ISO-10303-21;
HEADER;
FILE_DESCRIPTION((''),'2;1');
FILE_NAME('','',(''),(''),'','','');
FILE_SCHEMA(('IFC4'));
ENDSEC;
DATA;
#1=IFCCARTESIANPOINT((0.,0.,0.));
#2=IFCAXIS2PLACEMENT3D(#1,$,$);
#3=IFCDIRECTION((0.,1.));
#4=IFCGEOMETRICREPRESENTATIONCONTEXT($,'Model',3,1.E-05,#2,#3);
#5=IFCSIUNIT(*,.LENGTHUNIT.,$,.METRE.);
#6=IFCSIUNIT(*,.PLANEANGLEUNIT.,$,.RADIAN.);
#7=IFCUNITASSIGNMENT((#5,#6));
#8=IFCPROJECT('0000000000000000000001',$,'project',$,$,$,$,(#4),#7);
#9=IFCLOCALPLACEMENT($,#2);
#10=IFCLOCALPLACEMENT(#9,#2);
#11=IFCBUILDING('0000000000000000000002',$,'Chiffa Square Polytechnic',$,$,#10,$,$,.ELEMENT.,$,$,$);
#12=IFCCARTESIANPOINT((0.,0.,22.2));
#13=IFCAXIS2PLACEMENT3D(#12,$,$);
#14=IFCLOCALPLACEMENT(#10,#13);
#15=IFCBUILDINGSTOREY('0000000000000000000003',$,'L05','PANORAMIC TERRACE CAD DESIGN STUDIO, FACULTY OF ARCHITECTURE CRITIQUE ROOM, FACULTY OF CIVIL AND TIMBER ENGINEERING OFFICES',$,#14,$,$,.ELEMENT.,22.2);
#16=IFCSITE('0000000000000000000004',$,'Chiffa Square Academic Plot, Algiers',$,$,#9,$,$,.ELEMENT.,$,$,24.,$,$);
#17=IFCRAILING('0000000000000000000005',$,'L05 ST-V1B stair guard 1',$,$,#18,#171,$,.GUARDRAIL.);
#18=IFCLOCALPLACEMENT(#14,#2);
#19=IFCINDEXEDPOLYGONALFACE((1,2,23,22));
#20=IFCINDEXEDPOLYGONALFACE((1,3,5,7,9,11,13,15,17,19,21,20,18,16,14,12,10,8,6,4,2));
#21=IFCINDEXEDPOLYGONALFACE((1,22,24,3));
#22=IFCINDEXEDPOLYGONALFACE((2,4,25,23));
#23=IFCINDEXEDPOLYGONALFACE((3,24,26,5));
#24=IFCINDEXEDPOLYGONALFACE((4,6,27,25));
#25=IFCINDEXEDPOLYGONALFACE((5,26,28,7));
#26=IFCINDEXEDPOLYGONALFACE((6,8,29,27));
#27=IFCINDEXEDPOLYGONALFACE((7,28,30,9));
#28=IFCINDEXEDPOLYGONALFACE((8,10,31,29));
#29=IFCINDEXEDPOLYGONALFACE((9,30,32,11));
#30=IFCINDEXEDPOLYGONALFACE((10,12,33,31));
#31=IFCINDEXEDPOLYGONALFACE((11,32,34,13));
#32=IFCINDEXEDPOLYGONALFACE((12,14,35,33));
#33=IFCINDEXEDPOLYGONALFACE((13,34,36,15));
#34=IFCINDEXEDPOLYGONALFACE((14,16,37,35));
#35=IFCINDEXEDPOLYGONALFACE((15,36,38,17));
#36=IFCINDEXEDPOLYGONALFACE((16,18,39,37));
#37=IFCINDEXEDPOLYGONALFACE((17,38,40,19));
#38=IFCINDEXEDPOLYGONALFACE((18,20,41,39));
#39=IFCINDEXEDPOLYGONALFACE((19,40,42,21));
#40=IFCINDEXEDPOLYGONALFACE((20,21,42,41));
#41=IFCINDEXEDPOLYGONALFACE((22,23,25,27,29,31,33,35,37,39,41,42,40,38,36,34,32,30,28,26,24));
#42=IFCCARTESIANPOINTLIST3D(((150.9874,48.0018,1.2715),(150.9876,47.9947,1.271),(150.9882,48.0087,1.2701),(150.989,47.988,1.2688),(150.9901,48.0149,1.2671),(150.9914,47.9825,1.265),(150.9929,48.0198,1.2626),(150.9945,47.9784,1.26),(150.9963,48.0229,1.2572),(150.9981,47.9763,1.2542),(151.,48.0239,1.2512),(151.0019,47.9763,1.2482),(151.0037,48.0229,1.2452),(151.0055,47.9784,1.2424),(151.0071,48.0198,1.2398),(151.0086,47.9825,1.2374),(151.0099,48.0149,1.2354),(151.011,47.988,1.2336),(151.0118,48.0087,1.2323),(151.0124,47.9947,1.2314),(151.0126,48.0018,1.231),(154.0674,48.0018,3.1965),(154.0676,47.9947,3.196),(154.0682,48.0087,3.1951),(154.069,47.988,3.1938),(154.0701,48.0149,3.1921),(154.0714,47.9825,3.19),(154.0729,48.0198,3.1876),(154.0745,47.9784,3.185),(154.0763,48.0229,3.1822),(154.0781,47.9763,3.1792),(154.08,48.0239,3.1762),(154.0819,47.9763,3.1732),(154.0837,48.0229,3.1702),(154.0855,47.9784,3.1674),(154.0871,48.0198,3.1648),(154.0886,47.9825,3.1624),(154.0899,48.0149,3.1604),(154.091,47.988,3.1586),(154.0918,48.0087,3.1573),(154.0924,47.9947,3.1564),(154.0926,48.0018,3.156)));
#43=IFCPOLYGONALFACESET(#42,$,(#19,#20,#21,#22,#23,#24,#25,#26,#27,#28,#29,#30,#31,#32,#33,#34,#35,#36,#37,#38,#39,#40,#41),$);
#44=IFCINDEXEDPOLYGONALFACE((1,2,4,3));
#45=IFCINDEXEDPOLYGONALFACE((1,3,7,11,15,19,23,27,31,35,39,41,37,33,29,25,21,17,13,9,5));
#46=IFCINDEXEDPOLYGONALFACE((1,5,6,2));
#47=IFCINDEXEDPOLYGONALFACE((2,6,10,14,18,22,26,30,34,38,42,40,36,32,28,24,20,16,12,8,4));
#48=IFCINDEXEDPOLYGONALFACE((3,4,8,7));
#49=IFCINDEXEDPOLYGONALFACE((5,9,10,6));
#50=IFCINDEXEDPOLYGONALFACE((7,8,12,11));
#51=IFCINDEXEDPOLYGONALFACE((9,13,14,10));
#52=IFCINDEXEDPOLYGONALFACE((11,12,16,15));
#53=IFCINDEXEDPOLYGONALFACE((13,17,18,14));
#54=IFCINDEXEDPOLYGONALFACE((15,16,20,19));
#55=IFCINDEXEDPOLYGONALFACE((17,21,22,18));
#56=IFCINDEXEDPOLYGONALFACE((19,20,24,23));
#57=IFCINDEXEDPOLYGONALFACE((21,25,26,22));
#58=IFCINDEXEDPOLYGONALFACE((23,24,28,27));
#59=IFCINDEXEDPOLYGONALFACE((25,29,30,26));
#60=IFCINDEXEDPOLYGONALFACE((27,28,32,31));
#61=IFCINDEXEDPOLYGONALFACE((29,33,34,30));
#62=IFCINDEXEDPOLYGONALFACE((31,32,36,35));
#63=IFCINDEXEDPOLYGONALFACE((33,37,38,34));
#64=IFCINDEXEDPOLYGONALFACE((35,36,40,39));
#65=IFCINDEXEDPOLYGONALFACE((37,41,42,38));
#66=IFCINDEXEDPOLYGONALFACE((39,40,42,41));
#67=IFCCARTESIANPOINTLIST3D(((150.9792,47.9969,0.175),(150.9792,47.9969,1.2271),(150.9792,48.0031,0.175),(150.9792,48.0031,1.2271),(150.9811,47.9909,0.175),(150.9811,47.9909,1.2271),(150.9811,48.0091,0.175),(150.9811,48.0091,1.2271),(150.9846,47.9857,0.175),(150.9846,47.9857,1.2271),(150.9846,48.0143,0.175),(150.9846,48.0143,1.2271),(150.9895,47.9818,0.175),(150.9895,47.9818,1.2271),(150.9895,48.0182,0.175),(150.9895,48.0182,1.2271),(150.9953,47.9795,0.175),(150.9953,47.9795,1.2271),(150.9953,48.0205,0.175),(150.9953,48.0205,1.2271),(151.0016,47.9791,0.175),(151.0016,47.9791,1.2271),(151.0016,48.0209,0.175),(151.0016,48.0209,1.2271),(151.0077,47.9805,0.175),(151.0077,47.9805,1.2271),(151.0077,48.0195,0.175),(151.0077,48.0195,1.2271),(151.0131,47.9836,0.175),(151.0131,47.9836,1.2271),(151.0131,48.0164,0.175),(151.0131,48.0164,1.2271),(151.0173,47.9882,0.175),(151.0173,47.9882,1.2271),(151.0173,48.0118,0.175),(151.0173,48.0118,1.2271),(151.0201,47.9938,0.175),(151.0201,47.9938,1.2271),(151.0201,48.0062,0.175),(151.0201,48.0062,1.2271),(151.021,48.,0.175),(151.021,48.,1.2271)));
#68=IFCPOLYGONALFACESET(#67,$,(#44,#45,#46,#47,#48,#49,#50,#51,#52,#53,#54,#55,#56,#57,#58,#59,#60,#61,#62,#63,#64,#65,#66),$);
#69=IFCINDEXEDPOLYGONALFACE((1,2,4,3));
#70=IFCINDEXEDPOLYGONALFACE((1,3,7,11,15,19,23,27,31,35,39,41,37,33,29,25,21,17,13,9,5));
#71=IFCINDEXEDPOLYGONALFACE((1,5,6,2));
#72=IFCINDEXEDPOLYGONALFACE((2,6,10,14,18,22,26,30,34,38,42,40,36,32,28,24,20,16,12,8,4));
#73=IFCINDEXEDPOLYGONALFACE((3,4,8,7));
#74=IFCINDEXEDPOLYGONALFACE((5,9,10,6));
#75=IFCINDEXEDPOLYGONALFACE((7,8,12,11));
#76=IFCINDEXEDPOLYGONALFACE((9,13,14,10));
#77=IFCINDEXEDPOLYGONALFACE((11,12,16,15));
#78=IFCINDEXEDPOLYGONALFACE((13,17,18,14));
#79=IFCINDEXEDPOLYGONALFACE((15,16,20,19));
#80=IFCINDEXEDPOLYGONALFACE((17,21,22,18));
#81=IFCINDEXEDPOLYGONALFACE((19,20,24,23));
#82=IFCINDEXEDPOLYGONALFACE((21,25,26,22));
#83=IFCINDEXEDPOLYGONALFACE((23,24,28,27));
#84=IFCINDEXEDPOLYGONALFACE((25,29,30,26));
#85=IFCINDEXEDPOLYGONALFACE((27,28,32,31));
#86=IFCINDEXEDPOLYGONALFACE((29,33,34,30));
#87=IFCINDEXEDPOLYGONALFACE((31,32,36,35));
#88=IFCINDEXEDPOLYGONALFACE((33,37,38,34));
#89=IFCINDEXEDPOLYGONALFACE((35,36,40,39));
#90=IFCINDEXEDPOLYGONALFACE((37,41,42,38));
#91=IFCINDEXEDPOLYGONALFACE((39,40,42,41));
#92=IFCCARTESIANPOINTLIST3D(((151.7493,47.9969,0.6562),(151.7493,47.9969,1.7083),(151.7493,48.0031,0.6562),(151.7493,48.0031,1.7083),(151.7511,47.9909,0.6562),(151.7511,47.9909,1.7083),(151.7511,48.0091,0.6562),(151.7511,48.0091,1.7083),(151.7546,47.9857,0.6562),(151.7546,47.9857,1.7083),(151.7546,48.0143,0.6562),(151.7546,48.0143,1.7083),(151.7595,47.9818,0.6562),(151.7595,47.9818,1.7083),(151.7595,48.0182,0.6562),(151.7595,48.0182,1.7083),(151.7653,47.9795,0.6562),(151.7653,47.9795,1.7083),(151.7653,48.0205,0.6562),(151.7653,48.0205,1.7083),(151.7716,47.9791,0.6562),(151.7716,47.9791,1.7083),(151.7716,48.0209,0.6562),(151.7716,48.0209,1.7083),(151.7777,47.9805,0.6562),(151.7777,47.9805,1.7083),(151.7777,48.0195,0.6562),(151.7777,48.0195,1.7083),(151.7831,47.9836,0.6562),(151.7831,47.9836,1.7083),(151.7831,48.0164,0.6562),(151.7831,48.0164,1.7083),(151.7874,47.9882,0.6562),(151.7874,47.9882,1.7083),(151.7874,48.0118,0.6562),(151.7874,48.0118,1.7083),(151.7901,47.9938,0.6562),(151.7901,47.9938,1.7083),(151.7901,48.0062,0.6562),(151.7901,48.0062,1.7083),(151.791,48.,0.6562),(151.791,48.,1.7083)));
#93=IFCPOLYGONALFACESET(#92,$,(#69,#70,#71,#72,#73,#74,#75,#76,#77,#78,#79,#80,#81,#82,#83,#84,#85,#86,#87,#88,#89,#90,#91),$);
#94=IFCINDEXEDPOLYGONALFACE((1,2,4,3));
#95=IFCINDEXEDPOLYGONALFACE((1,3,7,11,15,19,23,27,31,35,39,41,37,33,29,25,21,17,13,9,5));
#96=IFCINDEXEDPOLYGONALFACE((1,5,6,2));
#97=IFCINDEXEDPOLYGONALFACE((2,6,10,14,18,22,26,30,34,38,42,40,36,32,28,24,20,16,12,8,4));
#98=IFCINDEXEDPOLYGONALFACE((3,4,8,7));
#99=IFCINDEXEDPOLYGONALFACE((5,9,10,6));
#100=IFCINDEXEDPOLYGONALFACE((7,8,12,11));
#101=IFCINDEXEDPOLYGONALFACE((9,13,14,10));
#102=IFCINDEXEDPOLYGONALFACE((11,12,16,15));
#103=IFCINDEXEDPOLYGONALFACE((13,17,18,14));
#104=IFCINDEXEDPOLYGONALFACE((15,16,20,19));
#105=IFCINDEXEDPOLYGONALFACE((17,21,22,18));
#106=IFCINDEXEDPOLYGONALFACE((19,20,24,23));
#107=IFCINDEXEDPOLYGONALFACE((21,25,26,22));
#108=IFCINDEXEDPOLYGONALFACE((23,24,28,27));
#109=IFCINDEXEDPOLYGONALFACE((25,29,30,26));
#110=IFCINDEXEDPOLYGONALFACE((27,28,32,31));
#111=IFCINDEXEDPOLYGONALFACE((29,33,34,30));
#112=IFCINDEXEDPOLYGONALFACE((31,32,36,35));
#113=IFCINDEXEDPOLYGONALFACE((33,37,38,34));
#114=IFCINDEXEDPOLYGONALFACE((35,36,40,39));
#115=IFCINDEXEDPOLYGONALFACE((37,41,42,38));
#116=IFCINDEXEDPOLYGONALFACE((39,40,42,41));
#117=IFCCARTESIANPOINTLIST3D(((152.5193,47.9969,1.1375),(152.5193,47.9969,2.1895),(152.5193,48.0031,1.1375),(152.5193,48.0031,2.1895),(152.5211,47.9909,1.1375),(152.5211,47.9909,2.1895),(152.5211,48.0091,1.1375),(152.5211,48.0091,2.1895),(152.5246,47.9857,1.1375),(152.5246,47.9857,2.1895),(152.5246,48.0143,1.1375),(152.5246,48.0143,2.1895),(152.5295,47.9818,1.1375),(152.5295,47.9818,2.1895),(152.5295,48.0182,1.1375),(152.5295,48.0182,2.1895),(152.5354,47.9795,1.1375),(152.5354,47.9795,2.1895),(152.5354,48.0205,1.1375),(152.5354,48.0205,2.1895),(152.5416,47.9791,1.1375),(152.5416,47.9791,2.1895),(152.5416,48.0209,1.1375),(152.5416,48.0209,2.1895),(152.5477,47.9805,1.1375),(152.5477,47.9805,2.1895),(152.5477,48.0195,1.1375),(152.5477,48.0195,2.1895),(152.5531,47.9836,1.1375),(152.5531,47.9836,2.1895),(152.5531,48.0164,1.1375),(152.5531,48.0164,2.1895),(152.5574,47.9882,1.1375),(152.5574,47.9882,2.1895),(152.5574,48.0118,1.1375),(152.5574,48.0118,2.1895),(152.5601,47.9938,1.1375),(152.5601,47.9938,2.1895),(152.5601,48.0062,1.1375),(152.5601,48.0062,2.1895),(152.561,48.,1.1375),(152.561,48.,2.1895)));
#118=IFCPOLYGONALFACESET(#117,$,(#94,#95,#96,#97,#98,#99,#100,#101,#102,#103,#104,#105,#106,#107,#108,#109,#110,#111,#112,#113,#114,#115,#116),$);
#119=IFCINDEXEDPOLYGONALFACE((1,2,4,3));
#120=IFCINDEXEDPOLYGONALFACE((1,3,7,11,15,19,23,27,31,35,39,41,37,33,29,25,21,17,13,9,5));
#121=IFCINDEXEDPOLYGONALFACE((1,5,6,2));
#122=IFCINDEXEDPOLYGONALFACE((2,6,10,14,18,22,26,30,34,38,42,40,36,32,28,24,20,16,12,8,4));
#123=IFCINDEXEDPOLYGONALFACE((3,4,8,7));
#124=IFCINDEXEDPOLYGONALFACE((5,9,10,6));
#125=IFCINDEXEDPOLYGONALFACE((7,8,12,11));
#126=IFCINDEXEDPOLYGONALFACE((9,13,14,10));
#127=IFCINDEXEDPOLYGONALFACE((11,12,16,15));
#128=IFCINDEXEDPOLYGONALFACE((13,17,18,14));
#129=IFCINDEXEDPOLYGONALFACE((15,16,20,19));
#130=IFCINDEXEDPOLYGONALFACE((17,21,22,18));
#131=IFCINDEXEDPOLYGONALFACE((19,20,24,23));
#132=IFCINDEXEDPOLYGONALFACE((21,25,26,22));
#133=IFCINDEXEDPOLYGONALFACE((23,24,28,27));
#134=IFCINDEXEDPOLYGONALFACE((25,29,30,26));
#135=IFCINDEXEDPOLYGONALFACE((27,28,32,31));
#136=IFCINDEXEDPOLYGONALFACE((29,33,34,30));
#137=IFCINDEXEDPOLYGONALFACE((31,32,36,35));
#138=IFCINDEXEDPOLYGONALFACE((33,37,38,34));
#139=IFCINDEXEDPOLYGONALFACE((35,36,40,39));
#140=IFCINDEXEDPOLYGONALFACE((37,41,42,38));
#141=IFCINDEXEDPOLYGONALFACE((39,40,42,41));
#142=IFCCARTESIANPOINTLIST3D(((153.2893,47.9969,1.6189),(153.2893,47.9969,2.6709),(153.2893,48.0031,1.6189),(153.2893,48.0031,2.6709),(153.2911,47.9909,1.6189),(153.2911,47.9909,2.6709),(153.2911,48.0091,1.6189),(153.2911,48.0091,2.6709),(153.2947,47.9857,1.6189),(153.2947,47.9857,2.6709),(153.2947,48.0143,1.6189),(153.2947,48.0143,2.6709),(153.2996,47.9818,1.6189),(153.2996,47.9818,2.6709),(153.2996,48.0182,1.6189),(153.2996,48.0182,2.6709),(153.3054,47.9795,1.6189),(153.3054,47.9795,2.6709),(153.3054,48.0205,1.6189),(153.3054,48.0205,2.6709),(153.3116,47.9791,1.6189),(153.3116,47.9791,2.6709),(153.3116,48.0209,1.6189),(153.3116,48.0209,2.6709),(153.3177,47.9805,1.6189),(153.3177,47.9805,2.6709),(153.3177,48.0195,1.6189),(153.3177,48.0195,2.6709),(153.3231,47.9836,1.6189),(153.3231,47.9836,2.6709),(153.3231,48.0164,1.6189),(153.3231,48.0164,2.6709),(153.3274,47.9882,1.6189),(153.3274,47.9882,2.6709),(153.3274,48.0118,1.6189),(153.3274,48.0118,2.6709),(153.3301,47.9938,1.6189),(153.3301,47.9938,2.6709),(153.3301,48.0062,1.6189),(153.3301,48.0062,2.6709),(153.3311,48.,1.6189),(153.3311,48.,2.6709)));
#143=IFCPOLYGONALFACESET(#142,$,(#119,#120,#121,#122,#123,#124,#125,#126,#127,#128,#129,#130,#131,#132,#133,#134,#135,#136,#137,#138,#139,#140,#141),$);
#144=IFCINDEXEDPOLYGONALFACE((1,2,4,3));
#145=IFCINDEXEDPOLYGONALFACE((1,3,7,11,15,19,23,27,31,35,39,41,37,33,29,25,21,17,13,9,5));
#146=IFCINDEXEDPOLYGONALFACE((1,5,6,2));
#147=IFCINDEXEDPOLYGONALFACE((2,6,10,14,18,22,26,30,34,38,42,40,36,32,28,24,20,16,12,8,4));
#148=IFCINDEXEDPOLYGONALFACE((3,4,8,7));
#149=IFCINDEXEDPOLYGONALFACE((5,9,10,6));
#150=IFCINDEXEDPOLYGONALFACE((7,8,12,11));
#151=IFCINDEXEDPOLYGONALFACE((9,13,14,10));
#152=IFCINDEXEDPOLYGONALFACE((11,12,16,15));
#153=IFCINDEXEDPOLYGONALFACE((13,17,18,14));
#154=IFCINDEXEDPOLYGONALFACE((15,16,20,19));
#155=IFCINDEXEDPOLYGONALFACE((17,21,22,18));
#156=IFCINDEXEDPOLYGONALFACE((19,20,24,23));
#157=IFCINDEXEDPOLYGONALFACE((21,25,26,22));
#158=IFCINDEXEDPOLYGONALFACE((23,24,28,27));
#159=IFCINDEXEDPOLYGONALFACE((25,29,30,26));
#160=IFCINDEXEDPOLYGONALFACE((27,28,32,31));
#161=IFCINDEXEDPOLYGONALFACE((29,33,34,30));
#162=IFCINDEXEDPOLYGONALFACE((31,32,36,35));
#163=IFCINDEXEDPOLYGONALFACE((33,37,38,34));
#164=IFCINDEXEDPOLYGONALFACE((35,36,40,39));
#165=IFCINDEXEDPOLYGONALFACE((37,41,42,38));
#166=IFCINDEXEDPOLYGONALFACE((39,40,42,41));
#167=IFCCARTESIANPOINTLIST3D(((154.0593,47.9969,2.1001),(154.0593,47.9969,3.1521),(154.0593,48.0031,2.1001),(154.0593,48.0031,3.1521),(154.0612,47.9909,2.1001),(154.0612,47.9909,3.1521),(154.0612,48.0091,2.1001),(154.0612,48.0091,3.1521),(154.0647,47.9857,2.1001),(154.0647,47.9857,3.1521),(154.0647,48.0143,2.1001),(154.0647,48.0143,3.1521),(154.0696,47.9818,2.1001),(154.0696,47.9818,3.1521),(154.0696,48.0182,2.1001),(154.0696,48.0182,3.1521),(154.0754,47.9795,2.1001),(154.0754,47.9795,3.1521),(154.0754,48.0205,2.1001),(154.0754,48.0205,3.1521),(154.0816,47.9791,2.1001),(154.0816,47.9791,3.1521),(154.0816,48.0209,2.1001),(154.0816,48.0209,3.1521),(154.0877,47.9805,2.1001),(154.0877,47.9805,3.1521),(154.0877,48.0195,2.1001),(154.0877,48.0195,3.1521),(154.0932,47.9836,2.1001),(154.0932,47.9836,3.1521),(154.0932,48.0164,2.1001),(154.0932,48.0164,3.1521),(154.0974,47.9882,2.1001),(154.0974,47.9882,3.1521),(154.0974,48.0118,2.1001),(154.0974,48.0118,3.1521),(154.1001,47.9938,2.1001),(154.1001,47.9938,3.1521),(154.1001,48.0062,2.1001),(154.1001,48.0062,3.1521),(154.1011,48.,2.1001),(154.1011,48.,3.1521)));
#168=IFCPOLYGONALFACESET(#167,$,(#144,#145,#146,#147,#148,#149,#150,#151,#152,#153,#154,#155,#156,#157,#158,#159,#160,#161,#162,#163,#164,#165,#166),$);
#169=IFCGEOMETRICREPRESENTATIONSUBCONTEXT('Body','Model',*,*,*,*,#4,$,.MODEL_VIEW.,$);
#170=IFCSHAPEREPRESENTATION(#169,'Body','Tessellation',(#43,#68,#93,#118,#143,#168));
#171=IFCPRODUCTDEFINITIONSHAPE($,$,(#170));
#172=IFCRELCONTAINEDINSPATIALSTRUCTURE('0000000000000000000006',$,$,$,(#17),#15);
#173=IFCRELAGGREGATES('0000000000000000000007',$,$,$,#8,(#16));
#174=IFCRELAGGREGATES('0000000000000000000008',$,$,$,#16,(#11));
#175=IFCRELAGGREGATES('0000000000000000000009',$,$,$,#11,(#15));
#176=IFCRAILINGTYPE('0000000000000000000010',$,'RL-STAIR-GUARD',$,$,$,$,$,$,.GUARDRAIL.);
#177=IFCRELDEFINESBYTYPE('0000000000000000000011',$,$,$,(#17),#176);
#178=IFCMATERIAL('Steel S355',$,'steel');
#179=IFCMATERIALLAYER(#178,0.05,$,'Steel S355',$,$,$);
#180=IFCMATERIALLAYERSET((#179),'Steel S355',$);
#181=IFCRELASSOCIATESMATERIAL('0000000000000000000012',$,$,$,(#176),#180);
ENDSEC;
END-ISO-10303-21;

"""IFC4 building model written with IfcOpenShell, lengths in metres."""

from ifc_helpers import new_model, si_unit, direction, frame, origin, origin_2d, place, context, subcontext, project, spatial, circle, extrude, material, layer, layer_set, type_object, element, save


model = new_model("IFC4")

# Units and contexts
model_context = context("Model", 3, precision=1e-05, world=origin(), true_north=direction((0.0, 1.0)))
body_context = subcontext(model_context, "Body", "Model", "MODEL_VIEW")
ifc_project = project(units=[si_unit("LENGTHUNIT", "METRE"), si_unit("PLANEANGLEUNIT", "RADIAN")], contexts=[model_context])

# Site, building, storey
site_placement = place(None, origin())
site = spatial("IfcSite", under=ifc_project, at=site_placement, Name="Chiffa Square Academic Plot, Algiers", CompositionType="ELEMENT", RefElevation=24.0)
building_placement = place(site_placement, origin())
building = spatial("IfcBuilding", under=site, at=building_placement, Name="Chiffa Square Polytechnic", CompositionType="ELEMENT")
storey_placement = place(building_placement, frame((0.0, 0.0, 22.2)))
storey = spatial("IfcBuildingStorey", under=building, at=storey_placement, Name="L05", Description="PANORAMIC TERRACE CAD DESIGN STUDIO, FACULTY OF ARCHITECTURE CRITIQUE ROOM, FACULTY OF CIVIL AND TIMBER ENGINEERING OFFICES", CompositionType="ELEMENT", Elevation=22.2)

# Railing
ifc_material_1 = material(Name="Steel S355", Category="steel")
ifc_layer_1 = layer(ifc_material_1, 0.05, Name="Steel S355")
ifc_layer_set_1 = layer_set([ifc_layer_1], Name="Steel S355")
railing_type_1 = type_object("IfcRailingType", Name="RL-STAIR-GUARD", PredefinedType="GUARDRAIL", material=ifc_layer_set_1)
railing_1_placement = place(storey_placement, frame((151.0, 48.0, 0.175)))
element("IfcRailing", 1, at=railing_1_placement, inside=storey, type_object=railing_type_1, Name="L05 ST-V1B stair guard 1", PredefinedType="GUARDRAIL", context=body_context, shape_type="SweptSolid", body=[
    extrude(circle(Radius=0.0239, at=origin_2d()), frame((0.0, 0.0, 1.0762), z_axis=(0.847998, 0.0, 0.529999), x_axis=(0.0, 1.0, 0.0)), (0.0, 0.0, 1.0), 3.6321),
    extrude(circle(Radius=0.021, at=origin_2d()), origin(), (0.0, 0.0, 1.0), 1.052),
    extrude(circle(Radius=0.021, at=origin_2d()), frame((0.77, 0.0, 0.4812)), (0.0, 0.0, 1.0), 1.052),
    extrude(circle(Radius=0.021, at=origin_2d()), frame((1.54, 0.0, 0.9624)), (0.0, 0.0, 1.0), 1.052),
    extrude(circle(Radius=0.021, at=origin_2d()), frame((2.3101, 0.0, 1.4438)), (0.0, 0.0, 1.0), 1.052),
    extrude(circle(Radius=0.021, at=origin_2d()), frame((3.0801, 0.0, 1.925)), (0.0, 0.0, 1.0), 1.052),
])

save(model, "model.ifc")
